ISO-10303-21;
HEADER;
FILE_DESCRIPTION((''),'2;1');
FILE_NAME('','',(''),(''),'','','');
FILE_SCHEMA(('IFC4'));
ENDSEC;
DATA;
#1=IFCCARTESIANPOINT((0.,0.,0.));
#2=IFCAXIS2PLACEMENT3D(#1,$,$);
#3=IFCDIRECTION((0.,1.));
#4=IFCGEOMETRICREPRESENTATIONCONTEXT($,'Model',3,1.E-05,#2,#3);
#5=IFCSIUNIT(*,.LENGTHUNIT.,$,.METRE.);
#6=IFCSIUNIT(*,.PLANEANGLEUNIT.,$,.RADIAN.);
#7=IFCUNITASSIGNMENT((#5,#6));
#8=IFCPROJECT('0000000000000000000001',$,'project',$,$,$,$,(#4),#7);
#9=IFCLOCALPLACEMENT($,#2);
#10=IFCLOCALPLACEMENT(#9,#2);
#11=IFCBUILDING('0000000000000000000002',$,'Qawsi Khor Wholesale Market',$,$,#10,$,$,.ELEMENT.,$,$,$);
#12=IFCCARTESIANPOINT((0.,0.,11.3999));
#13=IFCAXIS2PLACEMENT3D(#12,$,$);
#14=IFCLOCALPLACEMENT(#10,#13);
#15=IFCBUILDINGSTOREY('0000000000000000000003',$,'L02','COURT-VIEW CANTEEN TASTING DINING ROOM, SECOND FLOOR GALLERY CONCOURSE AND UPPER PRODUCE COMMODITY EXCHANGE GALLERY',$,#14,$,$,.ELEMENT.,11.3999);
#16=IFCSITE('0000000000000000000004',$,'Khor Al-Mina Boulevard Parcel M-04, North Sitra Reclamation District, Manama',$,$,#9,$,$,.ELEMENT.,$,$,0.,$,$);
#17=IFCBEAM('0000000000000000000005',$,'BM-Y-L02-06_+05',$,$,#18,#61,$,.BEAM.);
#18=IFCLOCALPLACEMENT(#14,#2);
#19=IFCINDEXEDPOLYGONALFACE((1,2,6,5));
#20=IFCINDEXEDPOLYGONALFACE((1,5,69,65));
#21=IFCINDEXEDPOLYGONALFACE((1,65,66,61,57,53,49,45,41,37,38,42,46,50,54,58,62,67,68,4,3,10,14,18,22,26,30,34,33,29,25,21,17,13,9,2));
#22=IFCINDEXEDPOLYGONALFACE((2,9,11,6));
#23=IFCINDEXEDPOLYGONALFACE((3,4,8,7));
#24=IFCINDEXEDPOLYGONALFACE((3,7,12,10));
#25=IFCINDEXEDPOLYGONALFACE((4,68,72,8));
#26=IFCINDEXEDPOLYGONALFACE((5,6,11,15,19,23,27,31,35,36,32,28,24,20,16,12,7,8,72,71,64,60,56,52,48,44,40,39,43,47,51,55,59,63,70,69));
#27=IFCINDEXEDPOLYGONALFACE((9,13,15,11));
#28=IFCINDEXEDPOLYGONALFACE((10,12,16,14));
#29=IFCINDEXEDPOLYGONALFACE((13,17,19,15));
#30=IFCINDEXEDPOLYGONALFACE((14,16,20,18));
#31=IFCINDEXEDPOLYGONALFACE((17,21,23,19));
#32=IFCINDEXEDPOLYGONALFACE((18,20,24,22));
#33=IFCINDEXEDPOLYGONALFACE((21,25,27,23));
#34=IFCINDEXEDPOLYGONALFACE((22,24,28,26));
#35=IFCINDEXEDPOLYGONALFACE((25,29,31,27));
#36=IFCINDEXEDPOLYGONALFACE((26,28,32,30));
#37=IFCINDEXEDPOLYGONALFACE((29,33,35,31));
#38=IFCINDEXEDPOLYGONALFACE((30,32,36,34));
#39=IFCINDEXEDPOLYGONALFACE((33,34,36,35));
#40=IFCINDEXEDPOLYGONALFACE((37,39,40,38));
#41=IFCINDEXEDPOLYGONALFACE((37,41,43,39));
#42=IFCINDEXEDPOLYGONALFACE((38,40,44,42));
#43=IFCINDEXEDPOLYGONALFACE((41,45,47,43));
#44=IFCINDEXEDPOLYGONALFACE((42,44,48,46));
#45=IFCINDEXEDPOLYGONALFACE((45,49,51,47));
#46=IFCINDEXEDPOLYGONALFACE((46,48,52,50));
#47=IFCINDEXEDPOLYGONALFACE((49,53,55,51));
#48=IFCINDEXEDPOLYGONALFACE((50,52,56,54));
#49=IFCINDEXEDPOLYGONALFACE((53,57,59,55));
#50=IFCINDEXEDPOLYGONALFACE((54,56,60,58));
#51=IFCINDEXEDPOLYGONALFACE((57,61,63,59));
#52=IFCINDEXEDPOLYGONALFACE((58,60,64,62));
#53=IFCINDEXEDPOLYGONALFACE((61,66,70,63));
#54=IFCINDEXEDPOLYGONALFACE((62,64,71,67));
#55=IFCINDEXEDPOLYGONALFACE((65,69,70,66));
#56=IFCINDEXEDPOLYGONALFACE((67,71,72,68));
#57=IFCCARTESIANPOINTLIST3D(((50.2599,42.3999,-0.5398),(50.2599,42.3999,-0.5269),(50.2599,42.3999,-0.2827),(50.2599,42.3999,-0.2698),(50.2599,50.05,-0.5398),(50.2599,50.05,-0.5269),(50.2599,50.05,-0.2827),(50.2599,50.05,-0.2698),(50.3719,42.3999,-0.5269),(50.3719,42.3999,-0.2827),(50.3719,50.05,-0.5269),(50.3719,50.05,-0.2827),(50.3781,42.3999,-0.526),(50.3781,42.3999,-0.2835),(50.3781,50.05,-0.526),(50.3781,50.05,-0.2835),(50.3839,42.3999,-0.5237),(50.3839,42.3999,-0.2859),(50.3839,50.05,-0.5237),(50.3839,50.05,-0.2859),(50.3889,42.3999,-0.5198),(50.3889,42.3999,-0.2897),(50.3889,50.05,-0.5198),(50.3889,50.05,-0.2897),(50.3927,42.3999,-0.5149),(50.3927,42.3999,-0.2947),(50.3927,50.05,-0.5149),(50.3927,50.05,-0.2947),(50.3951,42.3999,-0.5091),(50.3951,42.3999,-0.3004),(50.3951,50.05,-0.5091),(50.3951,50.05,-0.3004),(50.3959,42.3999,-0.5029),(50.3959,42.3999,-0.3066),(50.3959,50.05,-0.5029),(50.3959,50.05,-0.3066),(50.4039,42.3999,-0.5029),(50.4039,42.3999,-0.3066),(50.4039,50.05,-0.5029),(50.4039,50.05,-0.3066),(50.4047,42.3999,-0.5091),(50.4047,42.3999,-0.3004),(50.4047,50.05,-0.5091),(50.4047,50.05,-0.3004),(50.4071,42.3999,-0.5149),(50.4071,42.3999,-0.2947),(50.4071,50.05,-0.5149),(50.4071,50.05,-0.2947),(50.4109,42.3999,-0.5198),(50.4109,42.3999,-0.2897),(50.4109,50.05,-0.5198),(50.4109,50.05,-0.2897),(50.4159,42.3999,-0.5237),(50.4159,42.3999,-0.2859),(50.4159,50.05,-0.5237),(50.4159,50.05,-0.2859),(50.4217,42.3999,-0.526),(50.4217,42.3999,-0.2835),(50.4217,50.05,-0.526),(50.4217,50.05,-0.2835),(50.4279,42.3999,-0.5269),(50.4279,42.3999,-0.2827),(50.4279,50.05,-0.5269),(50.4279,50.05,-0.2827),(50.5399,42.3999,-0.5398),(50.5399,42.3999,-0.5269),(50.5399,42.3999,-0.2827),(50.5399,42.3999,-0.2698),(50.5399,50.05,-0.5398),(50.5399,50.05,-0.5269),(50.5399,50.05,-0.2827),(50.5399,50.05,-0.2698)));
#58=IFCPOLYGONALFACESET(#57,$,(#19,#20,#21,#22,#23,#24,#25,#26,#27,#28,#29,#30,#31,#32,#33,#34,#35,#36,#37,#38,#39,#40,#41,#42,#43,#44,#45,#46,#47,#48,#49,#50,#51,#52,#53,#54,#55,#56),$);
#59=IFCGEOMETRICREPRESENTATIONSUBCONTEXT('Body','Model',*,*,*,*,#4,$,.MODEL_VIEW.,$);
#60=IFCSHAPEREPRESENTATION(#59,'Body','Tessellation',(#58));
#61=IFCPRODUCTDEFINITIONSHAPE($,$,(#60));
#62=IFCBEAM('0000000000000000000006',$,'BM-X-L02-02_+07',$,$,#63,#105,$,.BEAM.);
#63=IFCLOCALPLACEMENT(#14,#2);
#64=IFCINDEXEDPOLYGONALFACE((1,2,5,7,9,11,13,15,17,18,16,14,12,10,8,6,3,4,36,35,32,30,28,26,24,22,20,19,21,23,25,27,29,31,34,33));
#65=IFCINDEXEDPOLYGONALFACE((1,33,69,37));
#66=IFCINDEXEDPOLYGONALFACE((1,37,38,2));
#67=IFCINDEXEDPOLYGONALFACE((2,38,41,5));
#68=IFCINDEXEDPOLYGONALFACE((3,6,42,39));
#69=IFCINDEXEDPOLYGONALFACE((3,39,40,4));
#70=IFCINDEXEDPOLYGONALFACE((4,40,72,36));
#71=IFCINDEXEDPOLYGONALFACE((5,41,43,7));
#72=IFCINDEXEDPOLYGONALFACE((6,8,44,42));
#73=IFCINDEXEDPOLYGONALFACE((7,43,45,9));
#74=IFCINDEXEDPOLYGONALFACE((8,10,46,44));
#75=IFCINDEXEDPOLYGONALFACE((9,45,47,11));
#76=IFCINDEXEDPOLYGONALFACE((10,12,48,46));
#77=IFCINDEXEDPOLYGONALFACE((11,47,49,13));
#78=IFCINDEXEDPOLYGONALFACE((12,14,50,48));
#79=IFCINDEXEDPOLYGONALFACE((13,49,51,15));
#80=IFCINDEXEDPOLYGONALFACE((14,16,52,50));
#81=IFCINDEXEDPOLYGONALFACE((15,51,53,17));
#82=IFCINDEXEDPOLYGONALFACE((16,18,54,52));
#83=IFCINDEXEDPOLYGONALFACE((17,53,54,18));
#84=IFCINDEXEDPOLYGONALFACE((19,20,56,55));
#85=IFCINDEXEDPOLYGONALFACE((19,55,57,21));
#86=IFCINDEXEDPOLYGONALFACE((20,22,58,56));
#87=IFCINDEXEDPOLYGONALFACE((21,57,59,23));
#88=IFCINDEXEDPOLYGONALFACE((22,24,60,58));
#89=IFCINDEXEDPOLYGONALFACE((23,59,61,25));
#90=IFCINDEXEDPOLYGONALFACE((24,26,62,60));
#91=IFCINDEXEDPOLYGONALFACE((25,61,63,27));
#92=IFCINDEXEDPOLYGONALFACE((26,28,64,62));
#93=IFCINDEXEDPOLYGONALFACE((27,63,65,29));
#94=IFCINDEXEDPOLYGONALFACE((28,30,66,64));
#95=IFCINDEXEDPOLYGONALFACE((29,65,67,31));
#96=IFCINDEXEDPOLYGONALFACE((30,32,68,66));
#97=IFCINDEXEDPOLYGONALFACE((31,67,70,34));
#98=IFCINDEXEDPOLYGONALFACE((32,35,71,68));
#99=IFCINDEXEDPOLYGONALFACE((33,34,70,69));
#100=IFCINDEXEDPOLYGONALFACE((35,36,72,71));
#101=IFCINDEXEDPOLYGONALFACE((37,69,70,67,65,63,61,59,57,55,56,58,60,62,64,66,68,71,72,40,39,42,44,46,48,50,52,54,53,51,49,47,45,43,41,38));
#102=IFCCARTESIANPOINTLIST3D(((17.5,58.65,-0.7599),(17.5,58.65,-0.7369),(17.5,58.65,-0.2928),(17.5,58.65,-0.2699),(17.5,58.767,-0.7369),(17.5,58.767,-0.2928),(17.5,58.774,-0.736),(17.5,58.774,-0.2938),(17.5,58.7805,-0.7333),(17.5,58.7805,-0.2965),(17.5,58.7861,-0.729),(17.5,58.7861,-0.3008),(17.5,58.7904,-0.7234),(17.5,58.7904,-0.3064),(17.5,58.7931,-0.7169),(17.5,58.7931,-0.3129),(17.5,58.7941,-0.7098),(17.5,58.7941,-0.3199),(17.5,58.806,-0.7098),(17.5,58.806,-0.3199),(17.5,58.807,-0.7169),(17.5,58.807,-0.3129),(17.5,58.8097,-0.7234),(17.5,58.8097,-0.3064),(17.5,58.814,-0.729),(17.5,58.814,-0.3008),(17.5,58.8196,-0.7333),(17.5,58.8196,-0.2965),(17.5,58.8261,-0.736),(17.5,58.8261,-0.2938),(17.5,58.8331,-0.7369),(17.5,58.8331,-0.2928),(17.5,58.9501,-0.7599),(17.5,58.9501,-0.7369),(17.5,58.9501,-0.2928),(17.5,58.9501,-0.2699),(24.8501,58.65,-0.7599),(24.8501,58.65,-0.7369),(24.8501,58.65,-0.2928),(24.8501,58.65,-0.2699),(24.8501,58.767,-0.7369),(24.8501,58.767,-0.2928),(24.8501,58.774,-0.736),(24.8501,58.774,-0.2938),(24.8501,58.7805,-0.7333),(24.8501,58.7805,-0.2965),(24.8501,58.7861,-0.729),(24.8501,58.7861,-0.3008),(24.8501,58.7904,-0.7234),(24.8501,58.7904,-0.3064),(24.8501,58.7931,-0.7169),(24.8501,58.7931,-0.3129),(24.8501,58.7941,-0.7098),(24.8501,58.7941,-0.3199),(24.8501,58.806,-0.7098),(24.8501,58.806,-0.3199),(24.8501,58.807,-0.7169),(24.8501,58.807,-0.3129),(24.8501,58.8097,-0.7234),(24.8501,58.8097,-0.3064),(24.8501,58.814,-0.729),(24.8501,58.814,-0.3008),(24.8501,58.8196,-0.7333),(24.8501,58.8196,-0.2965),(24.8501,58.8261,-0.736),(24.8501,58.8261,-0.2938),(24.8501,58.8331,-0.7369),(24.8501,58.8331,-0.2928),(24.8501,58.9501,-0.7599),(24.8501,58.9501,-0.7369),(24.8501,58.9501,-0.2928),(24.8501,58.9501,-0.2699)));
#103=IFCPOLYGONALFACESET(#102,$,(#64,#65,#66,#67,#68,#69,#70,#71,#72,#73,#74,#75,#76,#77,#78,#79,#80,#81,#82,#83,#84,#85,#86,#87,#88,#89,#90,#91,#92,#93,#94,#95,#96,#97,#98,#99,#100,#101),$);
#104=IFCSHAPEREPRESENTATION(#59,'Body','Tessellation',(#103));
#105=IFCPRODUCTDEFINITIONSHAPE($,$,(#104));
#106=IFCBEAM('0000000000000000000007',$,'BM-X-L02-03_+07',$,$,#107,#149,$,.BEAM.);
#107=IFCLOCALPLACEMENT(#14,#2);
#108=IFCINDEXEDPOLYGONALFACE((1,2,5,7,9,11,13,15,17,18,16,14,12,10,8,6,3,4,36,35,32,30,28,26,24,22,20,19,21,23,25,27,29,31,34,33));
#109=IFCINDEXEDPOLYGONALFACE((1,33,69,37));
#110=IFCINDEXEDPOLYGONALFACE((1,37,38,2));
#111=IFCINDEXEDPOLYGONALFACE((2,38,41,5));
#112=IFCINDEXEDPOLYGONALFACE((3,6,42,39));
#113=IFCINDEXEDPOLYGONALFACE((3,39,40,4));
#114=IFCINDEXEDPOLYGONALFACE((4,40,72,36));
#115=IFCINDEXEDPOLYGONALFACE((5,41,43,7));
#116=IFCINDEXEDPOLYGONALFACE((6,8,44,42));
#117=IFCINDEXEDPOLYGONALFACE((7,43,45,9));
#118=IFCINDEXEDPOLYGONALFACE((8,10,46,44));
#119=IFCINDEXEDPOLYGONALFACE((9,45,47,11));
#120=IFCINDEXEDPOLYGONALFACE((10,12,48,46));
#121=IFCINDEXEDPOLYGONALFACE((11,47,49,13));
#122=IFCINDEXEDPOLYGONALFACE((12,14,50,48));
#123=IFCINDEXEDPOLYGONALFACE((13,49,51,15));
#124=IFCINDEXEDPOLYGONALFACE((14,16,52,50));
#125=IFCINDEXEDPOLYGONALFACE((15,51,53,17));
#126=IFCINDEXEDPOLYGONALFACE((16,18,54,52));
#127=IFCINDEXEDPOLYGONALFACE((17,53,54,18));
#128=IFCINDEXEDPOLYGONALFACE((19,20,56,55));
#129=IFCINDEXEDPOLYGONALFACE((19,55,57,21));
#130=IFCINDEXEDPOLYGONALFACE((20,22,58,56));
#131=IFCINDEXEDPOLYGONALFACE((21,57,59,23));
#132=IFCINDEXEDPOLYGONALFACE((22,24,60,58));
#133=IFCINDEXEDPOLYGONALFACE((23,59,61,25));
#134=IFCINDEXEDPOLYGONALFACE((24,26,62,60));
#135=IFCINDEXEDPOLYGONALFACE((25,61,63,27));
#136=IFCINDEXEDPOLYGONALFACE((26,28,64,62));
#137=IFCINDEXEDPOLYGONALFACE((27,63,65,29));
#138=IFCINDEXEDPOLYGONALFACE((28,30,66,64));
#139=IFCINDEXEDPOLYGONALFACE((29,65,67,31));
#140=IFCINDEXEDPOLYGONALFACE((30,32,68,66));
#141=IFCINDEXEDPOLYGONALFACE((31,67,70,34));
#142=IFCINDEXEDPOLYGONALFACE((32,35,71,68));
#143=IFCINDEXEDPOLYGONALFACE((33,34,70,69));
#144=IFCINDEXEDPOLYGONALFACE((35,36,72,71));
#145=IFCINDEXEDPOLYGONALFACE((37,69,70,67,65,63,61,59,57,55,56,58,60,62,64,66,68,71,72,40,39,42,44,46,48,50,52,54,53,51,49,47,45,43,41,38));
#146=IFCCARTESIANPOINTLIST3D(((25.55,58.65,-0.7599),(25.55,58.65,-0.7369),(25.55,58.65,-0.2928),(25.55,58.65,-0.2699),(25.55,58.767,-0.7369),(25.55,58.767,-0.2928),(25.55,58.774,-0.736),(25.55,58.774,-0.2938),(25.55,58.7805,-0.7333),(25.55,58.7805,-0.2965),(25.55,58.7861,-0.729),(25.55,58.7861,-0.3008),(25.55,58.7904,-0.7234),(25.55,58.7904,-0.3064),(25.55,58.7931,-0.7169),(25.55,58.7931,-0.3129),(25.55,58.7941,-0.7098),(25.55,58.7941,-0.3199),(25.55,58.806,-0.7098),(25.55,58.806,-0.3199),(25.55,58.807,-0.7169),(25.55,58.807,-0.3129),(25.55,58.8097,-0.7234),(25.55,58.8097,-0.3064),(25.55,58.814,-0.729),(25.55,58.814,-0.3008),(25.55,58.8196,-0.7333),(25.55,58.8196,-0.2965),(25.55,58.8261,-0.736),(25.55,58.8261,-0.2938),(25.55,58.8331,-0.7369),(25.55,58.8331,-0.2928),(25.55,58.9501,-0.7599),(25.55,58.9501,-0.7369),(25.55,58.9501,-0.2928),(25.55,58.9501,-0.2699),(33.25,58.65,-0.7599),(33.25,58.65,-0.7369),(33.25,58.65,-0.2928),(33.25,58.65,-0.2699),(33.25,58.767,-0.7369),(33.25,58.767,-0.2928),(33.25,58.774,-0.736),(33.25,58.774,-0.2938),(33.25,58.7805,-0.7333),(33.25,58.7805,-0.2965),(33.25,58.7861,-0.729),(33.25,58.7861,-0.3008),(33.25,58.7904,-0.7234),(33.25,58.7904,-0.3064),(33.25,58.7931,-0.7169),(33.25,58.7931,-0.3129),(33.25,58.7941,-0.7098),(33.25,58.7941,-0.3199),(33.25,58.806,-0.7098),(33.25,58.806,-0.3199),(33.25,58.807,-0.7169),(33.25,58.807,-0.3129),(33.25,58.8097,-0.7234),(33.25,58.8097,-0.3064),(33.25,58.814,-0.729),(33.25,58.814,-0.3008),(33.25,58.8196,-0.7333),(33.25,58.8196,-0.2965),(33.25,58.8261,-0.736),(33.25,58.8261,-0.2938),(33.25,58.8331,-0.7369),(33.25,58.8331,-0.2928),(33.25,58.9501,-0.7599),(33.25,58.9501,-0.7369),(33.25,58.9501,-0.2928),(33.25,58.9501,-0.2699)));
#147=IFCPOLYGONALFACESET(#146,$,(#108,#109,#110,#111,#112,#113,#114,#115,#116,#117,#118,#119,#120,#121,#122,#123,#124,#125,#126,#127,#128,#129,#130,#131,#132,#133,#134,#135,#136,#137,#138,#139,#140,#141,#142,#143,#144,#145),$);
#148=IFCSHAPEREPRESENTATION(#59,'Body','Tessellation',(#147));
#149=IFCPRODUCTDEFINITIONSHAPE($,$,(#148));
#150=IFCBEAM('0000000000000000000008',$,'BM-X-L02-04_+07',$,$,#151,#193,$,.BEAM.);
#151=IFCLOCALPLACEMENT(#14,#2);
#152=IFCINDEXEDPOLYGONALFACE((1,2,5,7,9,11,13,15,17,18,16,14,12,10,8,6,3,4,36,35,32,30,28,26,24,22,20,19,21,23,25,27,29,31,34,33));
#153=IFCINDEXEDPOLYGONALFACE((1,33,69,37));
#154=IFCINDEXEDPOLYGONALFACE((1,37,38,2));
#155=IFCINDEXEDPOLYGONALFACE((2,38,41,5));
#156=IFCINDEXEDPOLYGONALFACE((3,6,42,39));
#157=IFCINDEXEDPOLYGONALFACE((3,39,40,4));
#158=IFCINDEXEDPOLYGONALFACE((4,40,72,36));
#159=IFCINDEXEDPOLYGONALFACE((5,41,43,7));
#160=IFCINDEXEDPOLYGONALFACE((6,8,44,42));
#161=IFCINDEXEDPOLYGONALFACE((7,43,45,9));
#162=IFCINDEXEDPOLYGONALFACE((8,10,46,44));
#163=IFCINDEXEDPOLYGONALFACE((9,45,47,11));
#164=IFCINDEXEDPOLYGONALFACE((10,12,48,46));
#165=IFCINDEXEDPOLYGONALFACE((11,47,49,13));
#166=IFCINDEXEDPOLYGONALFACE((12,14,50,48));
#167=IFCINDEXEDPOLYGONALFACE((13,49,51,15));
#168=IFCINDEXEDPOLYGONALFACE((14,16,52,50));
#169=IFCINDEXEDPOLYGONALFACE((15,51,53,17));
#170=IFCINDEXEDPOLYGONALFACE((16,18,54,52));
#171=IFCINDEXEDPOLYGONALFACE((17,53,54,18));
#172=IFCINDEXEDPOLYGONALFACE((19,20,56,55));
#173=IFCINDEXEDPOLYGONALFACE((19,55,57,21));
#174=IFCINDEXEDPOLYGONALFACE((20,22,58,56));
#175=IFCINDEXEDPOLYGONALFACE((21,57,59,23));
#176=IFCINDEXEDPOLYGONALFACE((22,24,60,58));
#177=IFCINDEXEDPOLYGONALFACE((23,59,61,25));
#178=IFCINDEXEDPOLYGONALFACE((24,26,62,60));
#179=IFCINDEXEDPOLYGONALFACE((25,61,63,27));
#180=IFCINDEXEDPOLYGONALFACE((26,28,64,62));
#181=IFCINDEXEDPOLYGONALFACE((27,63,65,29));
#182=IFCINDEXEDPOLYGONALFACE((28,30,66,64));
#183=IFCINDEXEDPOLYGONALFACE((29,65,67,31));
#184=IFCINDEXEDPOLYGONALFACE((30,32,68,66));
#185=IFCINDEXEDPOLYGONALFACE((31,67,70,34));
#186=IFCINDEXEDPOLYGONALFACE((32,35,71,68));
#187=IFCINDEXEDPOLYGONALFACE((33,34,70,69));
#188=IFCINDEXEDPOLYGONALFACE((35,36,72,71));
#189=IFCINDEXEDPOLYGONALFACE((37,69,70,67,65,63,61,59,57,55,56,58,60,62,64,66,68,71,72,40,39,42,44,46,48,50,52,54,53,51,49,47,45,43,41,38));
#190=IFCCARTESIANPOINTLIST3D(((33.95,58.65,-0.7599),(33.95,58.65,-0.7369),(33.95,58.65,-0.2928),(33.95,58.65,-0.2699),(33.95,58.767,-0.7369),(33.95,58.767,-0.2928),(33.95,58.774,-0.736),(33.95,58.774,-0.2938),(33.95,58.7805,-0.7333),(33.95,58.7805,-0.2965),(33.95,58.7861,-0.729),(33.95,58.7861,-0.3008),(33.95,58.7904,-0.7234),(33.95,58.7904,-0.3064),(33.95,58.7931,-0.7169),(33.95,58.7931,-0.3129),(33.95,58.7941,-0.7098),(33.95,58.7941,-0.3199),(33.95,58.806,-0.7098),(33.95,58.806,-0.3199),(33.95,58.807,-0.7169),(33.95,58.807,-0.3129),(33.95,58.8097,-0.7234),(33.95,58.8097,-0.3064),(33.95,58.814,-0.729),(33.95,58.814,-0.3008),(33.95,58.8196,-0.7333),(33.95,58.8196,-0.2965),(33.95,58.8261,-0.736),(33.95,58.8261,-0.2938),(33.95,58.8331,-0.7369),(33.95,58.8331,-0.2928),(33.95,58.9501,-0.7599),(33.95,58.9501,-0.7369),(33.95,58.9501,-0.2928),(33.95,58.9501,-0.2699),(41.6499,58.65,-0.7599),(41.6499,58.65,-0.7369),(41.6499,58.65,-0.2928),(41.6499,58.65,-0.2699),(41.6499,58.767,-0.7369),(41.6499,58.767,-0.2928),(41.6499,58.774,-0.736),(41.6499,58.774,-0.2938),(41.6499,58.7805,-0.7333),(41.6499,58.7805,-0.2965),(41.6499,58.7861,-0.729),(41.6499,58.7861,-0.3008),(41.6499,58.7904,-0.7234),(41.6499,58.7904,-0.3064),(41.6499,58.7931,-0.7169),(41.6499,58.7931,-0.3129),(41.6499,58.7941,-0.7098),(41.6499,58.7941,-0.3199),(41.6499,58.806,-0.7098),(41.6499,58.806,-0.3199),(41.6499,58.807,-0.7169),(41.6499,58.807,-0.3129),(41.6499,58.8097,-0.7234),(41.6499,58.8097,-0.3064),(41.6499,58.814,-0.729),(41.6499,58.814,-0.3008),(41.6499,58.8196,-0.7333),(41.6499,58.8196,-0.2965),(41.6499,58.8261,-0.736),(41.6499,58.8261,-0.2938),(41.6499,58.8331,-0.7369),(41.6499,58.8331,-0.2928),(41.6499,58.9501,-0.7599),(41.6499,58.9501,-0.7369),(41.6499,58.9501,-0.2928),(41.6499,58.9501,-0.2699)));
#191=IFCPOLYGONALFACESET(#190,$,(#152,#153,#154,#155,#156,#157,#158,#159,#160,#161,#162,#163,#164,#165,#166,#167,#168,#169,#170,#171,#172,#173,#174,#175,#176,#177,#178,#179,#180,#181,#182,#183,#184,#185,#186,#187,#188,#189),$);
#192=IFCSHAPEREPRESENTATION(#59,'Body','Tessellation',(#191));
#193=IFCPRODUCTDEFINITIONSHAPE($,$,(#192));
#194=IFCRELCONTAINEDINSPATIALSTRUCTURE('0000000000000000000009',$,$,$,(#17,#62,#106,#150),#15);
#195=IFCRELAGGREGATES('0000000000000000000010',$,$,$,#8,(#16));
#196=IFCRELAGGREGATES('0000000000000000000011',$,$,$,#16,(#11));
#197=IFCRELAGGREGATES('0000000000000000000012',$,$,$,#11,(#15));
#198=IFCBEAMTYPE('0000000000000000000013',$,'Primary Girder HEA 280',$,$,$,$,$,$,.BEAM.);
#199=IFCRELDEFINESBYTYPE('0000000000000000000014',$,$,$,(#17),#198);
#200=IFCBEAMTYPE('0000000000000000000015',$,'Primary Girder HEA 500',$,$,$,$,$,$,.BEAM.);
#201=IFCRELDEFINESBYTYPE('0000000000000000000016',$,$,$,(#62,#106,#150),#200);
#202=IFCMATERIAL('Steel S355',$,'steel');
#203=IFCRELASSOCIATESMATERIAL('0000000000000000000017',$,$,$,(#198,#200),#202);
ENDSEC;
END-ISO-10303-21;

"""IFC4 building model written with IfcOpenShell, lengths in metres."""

from ifc_helpers import new_model, si_unit, direction, frame, origin, origin_2d, place, context, subcontext, project, spatial, i_section, extrude, material, material_profile, profile_set, type_object, element, save


model = new_model("IFC4")

# Units and contexts
model_context = context("Model", 3, precision=1e-05, world=origin(), true_north=direction((0.0, 1.0)))
body_context = subcontext(model_context, "Body", "Model", "MODEL_VIEW")
ifc_project = project(units=[si_unit("LENGTHUNIT", "METRE"), si_unit("PLANEANGLEUNIT", "RADIAN")], contexts=[model_context])

# Site, building, storey
site_placement = place(None, origin())
site = spatial("IfcSite", under=ifc_project, at=site_placement, Name="Khor Al-Mina Boulevard Parcel M-04, North Sitra Reclamation District, Manama", CompositionType="ELEMENT", RefElevation=0.0)
building_placement = place(site_placement, origin())
building = spatial("IfcBuilding", under=site, at=building_placement, Name="Qawsi Khor Wholesale Market", CompositionType="ELEMENT")
storey_placement = place(building_placement, frame((0.0, 0.0, 11.3999)))
storey = spatial("IfcBuildingStorey", under=building, at=storey_placement, Name="L02", Description="COURT-VIEW CANTEEN TASTING DINING ROOM, SECOND FLOOR GALLERY CONCOURSE AND UPPER PRODUCE COMMODITY EXCHANGE GALLERY", CompositionType="ELEMENT", Elevation=11.3999)

# Beams
ifc_material_1 = material(Name="Steel S355", Category="steel")
ifc_material_profile_1 = material_profile(ifc_material_1, i_section(OverallWidth=0.28, OverallDepth=0.27, WebThickness=0.0081, FlangeThickness=0.0129, FilletRadius=0.0239, at=origin_2d()), Name="HEA 280")
ifc_profile_set_1 = profile_set([ifc_material_profile_1], Name="Steel S355")
beam_type_1 = type_object("IfcBeamType", Name="Primary Girder HEA 280", PredefinedType="BEAM", material=ifc_profile_set_1)
for number, where, z_axis, x_axis, name in (
    (1, (50.3999, 42.3999, -0.4048), (0.0, 1.0, 0.0), (-1.0, 0.0, 0.0), "BM-Y-L02-06_+05"),
):
    element("IfcBeam", number, at=place(storey_placement, frame(where, z_axis=z_axis, x_axis=x_axis)), inside=storey, type_object=beam_type_1, Name=name, PredefinedType="BEAM", context=body_context, shape_type="SweptSolid", body=[
        extrude(i_section(OverallWidth=0.28, OverallDepth=0.27, WebThickness=0.0081, FlangeThickness=0.0129, FilletRadius=0.0239, at=origin_2d()), origin(), (0.0, 0.0, 1.0), 7.6501),
    ])
ifc_material_profile_2 = material_profile(ifc_material_1, i_section(OverallWidth=0.3, OverallDepth=0.49, WebThickness=0.012, FlangeThickness=0.0229, FilletRadius=0.0271, at=origin_2d()), Name="HEA 500")
ifc_profile_set_2 = profile_set([ifc_material_profile_2], Name="Steel S355")
beam_type_2 = type_object("IfcBeamType", Name="Primary Girder HEA 500", PredefinedType="BEAM", material=ifc_profile_set_2)
beam_1_placement = place(storey_placement, frame((17.5, 58.8, -0.5149), z_axis=(1.0, 0.0, 0.0), x_axis=(0.0, 1.0, 0.0)))
element("IfcBeam", 2, at=beam_1_placement, inside=storey, type_object=beam_type_2, Name="BM-X-L02-02_+07", PredefinedType="BEAM", context=body_context, shape_type="SweptSolid", body=[
    extrude(i_section(OverallWidth=0.3, OverallDepth=0.49, WebThickness=0.012, FlangeThickness=0.0229, FilletRadius=0.0271, at=origin_2d()), origin(), (0.0, 0.0, 1.0), 7.3501),
])
for number, where, z_axis, x_axis, name in (
    (3, (25.55, 58.8, -0.5149), (1.0, 0.0, 0.0), (0.0, 1.0, 0.0), "BM-X-L02-03_+07"),
    (4, (33.95, 58.8, -0.5149), (1.0, 0.0, 0.0), (0.0, 1.0, 0.0), "BM-X-L02-04_+07"),
):
    element("IfcBeam", number, at=place(storey_placement, frame(where, z_axis=z_axis, x_axis=x_axis)), inside=storey, type_object=beam_type_2, Name=name, PredefinedType="BEAM", context=body_context, shape_type="SweptSolid", body=[
        extrude(i_section(OverallWidth=0.3, OverallDepth=0.49, WebThickness=0.012, FlangeThickness=0.0229, FilletRadius=0.0271, at=origin_2d()), origin(), (0.0, 0.0, 1.0), 7.7),
    ])

save(model, "model.ifc")
